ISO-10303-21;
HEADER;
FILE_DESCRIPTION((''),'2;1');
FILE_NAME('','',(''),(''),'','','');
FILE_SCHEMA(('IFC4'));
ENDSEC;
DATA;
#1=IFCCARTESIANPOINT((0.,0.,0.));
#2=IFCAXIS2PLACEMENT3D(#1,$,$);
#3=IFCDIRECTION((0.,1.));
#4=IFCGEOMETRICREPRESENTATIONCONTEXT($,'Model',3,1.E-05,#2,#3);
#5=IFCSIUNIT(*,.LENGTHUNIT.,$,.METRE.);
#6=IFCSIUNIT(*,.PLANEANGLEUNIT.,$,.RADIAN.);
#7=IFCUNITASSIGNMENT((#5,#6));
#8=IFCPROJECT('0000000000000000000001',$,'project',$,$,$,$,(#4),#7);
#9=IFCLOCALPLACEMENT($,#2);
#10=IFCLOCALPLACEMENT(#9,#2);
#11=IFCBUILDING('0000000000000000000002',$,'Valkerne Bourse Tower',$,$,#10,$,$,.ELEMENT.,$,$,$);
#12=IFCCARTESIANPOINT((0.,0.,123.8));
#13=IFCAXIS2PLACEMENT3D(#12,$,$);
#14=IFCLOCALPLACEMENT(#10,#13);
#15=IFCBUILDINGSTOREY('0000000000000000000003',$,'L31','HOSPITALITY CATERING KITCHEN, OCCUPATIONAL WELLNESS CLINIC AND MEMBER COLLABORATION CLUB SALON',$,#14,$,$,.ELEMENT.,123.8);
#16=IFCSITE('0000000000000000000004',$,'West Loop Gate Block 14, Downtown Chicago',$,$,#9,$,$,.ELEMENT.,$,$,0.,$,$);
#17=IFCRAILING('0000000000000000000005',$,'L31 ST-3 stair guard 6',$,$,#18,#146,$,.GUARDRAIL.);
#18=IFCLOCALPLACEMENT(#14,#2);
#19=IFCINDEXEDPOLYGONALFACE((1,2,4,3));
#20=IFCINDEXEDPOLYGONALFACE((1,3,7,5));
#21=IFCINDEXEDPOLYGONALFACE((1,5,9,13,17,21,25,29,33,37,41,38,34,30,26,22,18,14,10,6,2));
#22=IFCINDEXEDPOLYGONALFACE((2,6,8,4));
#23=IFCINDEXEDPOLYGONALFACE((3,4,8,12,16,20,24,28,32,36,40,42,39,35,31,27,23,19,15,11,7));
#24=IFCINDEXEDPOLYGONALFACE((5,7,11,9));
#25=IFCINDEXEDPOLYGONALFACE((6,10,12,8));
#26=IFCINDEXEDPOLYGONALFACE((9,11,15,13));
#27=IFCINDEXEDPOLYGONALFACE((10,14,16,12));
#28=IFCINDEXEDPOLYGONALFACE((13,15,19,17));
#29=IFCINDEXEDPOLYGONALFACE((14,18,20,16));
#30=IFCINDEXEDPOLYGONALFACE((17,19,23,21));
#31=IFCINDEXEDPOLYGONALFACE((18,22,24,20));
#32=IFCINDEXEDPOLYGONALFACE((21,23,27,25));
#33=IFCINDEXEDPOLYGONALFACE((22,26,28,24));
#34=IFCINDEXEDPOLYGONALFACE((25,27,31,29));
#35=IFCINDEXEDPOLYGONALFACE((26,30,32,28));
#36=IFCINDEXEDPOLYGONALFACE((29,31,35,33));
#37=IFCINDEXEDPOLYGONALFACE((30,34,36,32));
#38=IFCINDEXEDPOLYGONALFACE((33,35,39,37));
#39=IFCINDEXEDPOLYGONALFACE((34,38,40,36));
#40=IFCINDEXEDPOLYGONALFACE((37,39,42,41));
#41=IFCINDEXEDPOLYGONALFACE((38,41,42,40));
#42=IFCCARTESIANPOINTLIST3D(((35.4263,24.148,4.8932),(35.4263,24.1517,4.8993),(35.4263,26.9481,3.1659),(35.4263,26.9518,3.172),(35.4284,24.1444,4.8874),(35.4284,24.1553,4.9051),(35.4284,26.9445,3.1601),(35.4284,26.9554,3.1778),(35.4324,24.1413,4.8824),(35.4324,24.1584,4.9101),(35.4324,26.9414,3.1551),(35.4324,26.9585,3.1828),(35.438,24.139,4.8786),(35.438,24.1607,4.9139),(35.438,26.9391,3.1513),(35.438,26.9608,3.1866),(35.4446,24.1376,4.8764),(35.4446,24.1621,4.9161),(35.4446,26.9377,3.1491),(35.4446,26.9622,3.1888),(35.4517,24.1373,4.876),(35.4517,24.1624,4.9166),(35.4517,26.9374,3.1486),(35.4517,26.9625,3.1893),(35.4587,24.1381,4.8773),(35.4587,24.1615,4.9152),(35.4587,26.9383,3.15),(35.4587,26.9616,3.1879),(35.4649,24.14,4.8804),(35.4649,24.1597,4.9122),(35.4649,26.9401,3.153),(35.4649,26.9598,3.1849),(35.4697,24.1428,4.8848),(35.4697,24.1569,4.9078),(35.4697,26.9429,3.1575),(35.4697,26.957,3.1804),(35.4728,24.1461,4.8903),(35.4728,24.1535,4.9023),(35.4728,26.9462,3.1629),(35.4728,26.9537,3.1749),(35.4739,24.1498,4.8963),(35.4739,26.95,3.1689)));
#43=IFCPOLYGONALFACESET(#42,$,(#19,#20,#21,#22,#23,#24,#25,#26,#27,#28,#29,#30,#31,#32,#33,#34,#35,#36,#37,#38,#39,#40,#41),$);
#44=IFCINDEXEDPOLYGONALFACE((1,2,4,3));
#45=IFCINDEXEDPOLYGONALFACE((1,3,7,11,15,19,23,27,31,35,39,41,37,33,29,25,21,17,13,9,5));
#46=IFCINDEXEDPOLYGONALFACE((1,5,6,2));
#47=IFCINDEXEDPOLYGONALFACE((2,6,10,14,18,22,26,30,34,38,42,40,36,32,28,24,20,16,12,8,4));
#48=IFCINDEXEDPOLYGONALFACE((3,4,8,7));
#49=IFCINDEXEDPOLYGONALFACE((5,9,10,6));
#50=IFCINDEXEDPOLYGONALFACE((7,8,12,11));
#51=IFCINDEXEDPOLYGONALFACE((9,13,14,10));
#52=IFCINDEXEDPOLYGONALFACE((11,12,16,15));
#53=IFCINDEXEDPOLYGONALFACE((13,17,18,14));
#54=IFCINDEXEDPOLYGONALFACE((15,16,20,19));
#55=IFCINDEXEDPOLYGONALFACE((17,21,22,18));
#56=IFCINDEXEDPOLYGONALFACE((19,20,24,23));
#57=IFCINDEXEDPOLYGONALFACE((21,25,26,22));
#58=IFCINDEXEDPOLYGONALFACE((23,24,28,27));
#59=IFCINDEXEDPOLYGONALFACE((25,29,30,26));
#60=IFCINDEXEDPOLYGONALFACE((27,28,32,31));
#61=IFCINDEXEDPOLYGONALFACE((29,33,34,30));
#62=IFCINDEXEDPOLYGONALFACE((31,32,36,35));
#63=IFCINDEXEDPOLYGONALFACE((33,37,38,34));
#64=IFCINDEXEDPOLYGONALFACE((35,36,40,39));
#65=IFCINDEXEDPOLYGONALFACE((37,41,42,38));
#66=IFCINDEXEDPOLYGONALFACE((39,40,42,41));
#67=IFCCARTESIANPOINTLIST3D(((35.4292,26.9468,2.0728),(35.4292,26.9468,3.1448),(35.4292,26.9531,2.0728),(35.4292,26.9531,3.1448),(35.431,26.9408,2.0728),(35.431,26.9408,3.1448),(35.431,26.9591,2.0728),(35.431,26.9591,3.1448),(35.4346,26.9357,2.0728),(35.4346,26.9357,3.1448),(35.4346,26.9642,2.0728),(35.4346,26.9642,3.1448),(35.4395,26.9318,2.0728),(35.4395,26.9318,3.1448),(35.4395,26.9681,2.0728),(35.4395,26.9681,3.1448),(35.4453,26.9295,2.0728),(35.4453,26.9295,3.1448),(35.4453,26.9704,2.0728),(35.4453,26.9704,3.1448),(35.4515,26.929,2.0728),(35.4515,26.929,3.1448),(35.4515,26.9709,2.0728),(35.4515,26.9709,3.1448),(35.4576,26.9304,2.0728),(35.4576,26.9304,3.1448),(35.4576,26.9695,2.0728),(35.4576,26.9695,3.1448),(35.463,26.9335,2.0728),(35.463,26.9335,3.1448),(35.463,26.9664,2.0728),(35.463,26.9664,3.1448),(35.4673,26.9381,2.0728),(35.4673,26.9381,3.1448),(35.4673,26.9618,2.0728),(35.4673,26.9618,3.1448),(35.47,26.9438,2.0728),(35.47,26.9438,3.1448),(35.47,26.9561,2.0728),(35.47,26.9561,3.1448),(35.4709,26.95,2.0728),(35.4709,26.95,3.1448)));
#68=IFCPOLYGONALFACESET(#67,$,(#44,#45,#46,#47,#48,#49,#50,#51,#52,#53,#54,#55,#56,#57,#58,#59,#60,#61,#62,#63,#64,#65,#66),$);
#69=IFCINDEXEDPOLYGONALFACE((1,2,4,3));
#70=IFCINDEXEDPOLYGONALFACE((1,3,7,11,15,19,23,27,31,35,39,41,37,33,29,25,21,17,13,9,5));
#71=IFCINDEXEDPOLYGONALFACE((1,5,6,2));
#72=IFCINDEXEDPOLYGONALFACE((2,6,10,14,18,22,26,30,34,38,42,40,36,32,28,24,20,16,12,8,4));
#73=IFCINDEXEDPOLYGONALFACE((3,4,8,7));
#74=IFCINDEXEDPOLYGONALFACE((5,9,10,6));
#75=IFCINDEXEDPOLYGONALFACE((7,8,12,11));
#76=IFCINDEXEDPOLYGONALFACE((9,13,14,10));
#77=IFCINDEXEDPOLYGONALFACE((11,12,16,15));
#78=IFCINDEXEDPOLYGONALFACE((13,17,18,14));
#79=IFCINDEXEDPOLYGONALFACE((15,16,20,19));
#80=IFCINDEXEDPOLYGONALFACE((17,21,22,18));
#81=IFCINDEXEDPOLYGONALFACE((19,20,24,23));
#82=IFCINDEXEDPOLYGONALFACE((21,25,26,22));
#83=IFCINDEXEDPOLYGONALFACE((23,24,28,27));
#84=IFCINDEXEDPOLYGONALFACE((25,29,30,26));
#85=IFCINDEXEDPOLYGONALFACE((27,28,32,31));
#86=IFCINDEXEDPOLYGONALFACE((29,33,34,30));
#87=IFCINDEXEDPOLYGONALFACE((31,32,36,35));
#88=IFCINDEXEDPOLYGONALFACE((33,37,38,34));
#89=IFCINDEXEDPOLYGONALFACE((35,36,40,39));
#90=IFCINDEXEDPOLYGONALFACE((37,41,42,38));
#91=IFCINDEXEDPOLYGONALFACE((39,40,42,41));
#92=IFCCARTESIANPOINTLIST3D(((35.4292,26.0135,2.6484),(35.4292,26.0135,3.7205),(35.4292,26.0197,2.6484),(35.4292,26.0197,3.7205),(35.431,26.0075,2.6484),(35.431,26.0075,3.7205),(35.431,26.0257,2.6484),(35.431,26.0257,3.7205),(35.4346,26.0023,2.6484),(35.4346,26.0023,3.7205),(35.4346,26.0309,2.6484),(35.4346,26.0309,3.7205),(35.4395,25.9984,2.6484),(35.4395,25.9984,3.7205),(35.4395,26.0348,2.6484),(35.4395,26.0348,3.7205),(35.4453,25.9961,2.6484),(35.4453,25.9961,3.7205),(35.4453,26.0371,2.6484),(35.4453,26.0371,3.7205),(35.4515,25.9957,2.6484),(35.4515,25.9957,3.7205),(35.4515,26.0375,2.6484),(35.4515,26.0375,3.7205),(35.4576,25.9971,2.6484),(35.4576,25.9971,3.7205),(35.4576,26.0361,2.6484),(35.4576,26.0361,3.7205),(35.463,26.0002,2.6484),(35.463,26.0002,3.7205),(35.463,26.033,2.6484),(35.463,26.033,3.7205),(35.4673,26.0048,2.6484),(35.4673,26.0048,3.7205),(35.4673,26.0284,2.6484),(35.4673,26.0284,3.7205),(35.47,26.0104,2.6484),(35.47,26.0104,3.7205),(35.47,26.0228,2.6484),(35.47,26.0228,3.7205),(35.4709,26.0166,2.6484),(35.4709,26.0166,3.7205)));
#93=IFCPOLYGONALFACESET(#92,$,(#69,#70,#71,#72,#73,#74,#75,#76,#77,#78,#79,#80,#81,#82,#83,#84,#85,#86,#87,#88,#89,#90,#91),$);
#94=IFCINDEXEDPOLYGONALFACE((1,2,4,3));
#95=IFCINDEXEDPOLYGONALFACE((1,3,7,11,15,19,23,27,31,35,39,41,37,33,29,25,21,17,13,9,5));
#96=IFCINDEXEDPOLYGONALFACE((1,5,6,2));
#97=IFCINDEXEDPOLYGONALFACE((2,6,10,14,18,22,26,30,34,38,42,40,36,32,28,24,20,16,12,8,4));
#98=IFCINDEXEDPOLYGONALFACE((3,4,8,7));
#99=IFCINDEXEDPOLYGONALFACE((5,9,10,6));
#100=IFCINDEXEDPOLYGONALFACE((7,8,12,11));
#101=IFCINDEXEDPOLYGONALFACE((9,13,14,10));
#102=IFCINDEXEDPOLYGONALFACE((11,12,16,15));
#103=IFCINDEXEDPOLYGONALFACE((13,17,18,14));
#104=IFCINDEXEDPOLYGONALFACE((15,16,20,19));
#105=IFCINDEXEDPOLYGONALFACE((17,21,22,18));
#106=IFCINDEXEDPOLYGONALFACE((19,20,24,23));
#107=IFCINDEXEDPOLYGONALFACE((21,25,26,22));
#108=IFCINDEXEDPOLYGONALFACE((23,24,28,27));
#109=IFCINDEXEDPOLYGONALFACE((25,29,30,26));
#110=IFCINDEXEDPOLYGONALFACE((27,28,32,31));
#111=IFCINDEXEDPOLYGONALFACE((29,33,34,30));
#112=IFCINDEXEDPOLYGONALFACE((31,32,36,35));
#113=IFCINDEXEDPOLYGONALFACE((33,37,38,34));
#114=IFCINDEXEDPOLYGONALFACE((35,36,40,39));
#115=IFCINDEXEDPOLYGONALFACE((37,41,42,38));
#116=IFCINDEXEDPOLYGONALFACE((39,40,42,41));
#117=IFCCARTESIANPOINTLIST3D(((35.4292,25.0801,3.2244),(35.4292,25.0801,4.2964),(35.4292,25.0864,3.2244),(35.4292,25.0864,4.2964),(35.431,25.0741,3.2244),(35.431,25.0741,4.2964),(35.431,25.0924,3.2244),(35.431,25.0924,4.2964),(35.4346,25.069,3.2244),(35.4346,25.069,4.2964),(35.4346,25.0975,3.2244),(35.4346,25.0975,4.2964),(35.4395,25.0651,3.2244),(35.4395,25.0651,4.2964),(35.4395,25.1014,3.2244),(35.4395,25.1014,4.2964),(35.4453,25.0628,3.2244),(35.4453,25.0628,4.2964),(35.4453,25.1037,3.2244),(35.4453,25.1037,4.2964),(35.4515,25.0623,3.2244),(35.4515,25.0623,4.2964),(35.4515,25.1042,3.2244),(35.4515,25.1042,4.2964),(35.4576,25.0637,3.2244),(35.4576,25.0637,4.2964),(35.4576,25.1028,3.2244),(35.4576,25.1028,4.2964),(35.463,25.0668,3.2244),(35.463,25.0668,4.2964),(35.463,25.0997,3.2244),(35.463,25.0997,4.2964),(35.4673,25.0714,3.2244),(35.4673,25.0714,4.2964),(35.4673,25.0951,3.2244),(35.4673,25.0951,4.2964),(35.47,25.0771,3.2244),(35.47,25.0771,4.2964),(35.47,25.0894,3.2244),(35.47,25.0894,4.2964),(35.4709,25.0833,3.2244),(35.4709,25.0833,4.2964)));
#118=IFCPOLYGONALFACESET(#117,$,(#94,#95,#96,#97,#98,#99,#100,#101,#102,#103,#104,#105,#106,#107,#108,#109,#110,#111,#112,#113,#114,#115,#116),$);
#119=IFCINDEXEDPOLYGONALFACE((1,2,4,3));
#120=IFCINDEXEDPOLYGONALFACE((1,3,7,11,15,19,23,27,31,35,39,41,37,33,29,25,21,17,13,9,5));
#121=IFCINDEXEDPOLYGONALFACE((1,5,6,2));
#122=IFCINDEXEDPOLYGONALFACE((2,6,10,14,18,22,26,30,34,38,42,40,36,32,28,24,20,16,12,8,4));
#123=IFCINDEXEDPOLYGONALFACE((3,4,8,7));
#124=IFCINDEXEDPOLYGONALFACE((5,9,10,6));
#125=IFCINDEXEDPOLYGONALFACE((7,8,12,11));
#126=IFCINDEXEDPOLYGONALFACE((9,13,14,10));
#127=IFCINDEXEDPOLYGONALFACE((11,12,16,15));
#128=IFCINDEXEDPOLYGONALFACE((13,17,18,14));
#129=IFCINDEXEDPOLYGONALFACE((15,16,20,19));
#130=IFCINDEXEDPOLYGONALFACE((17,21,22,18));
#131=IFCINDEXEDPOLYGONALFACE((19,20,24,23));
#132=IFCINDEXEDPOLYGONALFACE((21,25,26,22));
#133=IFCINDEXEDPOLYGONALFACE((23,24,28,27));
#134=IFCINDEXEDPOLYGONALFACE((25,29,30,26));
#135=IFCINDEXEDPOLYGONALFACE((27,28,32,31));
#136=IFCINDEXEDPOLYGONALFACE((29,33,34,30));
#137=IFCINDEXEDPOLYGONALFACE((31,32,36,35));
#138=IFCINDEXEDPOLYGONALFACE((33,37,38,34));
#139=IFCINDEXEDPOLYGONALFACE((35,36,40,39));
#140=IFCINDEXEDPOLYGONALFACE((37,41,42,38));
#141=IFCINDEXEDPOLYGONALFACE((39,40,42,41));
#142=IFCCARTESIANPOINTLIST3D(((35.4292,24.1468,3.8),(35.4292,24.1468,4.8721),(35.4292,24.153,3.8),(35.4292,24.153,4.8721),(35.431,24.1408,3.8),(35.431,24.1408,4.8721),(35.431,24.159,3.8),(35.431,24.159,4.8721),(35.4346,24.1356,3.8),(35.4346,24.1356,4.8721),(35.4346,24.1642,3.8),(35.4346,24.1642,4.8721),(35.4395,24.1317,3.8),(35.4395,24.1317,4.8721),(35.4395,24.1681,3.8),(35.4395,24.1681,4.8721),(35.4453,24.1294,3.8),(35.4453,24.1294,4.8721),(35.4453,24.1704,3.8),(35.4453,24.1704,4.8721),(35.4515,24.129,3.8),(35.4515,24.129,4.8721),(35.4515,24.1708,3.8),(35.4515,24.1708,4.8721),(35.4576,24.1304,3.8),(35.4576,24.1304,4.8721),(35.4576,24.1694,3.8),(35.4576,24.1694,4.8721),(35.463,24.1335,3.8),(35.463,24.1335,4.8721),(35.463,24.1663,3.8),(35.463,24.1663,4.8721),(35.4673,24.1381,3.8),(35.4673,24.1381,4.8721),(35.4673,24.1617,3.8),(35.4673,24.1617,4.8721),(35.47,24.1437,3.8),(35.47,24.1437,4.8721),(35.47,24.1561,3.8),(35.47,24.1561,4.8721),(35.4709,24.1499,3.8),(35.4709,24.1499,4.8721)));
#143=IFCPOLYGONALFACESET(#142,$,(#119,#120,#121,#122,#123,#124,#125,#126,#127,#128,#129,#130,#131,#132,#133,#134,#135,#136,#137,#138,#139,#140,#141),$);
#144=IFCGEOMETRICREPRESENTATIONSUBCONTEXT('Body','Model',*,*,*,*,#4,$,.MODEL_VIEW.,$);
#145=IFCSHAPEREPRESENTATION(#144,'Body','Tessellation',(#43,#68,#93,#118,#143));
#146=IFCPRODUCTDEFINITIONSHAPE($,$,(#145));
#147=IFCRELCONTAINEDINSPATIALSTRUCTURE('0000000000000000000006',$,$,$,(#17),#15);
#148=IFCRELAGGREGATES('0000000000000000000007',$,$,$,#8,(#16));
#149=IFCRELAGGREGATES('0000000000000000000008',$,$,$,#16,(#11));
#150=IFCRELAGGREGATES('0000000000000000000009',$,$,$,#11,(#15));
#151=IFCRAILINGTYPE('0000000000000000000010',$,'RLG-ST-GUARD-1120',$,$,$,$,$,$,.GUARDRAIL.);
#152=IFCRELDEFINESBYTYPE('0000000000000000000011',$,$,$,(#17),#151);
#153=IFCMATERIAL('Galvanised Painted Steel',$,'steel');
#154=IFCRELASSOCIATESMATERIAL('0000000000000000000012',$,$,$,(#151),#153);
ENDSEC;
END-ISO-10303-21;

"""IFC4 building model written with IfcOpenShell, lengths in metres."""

from ifc_helpers import new_model, si_unit, direction, frame, origin, origin_2d, place, context, subcontext, project, spatial, circle, extrude, material, type_object, element, save


model = new_model("IFC4")

# Units and contexts
model_context = context("Model", 3, precision=1e-05, world=origin(), true_north=direction((0.0, 1.0)))
body_context = subcontext(model_context, "Body", "Model", "MODEL_VIEW")
ifc_project = project(units=[si_unit("LENGTHUNIT", "METRE"), si_unit("PLANEANGLEUNIT", "RADIAN")], contexts=[model_context])

# Site, building, storey
site_placement = place(None, origin())
site = spatial("IfcSite", under=ifc_project, at=site_placement, Name="West Loop Gate Block 14, Downtown Chicago", CompositionType="ELEMENT", RefElevation=0.0)
building_placement = place(site_placement, origin())
building = spatial("IfcBuilding", under=site, at=building_placement, Name="Valkerne Bourse Tower", CompositionType="ELEMENT")
storey_placement = place(building_placement, frame((0.0, 0.0, 123.8)))
storey = spatial("IfcBuildingStorey", under=building, at=storey_placement, Name="L31", Description="HOSPITALITY CATERING KITCHEN, OCCUPATIONAL WELLNESS CLINIC AND MEMBER COLLABORATION CLUB SALON", CompositionType="ELEMENT", Elevation=123.8)

# Shared definitions
ifc_material_1 = material(Name="Galvanised Painted Steel", Category="steel")

# Railing
railing_type_1 = type_object("IfcRailingType", Name="RLG-ST-GUARD-1120", PredefinedType="GUARDRAIL", material=ifc_material_1)
railing_1_placement = place(storey_placement, frame((35.45, 26.95, 2.0728)))
element("IfcRailing", 1, at=railing_1_placement, inside=storey, type_object=railing_type_1, Name="L31 ST-3 stair guard 6", PredefinedType="GUARDRAIL", context=body_context, shape_type="SweptSolid", body=[
    extrude(circle(Radius=0.0239, at=origin_2d()), frame((0.0, 0.0, 1.0962), z_axis=(0.0, -0.85109, 0.52502), x_axis=(1.0, 0.0, 0.0)), (0.0, 0.0, 1.0), 3.29),
    extrude(circle(Radius=0.021, at=origin_2d()), origin(), (0.0, 0.0, 1.0), 1.072),
    extrude(circle(Radius=0.021, at=origin_2d()), frame((0.0, -0.9333, 0.5757)), (0.0, 0.0, 1.0), 1.072),
    extrude(circle(Radius=0.021, at=origin_2d()), frame((0.0, -1.8667, 1.1516)), (0.0, 0.0, 1.0), 1.072),
    extrude(circle(Radius=0.021, at=origin_2d()), frame((0.0, -2.8, 1.7273)), (0.0, 0.0, 1.0), 1.072),
])

save(model, "model.ifc")
